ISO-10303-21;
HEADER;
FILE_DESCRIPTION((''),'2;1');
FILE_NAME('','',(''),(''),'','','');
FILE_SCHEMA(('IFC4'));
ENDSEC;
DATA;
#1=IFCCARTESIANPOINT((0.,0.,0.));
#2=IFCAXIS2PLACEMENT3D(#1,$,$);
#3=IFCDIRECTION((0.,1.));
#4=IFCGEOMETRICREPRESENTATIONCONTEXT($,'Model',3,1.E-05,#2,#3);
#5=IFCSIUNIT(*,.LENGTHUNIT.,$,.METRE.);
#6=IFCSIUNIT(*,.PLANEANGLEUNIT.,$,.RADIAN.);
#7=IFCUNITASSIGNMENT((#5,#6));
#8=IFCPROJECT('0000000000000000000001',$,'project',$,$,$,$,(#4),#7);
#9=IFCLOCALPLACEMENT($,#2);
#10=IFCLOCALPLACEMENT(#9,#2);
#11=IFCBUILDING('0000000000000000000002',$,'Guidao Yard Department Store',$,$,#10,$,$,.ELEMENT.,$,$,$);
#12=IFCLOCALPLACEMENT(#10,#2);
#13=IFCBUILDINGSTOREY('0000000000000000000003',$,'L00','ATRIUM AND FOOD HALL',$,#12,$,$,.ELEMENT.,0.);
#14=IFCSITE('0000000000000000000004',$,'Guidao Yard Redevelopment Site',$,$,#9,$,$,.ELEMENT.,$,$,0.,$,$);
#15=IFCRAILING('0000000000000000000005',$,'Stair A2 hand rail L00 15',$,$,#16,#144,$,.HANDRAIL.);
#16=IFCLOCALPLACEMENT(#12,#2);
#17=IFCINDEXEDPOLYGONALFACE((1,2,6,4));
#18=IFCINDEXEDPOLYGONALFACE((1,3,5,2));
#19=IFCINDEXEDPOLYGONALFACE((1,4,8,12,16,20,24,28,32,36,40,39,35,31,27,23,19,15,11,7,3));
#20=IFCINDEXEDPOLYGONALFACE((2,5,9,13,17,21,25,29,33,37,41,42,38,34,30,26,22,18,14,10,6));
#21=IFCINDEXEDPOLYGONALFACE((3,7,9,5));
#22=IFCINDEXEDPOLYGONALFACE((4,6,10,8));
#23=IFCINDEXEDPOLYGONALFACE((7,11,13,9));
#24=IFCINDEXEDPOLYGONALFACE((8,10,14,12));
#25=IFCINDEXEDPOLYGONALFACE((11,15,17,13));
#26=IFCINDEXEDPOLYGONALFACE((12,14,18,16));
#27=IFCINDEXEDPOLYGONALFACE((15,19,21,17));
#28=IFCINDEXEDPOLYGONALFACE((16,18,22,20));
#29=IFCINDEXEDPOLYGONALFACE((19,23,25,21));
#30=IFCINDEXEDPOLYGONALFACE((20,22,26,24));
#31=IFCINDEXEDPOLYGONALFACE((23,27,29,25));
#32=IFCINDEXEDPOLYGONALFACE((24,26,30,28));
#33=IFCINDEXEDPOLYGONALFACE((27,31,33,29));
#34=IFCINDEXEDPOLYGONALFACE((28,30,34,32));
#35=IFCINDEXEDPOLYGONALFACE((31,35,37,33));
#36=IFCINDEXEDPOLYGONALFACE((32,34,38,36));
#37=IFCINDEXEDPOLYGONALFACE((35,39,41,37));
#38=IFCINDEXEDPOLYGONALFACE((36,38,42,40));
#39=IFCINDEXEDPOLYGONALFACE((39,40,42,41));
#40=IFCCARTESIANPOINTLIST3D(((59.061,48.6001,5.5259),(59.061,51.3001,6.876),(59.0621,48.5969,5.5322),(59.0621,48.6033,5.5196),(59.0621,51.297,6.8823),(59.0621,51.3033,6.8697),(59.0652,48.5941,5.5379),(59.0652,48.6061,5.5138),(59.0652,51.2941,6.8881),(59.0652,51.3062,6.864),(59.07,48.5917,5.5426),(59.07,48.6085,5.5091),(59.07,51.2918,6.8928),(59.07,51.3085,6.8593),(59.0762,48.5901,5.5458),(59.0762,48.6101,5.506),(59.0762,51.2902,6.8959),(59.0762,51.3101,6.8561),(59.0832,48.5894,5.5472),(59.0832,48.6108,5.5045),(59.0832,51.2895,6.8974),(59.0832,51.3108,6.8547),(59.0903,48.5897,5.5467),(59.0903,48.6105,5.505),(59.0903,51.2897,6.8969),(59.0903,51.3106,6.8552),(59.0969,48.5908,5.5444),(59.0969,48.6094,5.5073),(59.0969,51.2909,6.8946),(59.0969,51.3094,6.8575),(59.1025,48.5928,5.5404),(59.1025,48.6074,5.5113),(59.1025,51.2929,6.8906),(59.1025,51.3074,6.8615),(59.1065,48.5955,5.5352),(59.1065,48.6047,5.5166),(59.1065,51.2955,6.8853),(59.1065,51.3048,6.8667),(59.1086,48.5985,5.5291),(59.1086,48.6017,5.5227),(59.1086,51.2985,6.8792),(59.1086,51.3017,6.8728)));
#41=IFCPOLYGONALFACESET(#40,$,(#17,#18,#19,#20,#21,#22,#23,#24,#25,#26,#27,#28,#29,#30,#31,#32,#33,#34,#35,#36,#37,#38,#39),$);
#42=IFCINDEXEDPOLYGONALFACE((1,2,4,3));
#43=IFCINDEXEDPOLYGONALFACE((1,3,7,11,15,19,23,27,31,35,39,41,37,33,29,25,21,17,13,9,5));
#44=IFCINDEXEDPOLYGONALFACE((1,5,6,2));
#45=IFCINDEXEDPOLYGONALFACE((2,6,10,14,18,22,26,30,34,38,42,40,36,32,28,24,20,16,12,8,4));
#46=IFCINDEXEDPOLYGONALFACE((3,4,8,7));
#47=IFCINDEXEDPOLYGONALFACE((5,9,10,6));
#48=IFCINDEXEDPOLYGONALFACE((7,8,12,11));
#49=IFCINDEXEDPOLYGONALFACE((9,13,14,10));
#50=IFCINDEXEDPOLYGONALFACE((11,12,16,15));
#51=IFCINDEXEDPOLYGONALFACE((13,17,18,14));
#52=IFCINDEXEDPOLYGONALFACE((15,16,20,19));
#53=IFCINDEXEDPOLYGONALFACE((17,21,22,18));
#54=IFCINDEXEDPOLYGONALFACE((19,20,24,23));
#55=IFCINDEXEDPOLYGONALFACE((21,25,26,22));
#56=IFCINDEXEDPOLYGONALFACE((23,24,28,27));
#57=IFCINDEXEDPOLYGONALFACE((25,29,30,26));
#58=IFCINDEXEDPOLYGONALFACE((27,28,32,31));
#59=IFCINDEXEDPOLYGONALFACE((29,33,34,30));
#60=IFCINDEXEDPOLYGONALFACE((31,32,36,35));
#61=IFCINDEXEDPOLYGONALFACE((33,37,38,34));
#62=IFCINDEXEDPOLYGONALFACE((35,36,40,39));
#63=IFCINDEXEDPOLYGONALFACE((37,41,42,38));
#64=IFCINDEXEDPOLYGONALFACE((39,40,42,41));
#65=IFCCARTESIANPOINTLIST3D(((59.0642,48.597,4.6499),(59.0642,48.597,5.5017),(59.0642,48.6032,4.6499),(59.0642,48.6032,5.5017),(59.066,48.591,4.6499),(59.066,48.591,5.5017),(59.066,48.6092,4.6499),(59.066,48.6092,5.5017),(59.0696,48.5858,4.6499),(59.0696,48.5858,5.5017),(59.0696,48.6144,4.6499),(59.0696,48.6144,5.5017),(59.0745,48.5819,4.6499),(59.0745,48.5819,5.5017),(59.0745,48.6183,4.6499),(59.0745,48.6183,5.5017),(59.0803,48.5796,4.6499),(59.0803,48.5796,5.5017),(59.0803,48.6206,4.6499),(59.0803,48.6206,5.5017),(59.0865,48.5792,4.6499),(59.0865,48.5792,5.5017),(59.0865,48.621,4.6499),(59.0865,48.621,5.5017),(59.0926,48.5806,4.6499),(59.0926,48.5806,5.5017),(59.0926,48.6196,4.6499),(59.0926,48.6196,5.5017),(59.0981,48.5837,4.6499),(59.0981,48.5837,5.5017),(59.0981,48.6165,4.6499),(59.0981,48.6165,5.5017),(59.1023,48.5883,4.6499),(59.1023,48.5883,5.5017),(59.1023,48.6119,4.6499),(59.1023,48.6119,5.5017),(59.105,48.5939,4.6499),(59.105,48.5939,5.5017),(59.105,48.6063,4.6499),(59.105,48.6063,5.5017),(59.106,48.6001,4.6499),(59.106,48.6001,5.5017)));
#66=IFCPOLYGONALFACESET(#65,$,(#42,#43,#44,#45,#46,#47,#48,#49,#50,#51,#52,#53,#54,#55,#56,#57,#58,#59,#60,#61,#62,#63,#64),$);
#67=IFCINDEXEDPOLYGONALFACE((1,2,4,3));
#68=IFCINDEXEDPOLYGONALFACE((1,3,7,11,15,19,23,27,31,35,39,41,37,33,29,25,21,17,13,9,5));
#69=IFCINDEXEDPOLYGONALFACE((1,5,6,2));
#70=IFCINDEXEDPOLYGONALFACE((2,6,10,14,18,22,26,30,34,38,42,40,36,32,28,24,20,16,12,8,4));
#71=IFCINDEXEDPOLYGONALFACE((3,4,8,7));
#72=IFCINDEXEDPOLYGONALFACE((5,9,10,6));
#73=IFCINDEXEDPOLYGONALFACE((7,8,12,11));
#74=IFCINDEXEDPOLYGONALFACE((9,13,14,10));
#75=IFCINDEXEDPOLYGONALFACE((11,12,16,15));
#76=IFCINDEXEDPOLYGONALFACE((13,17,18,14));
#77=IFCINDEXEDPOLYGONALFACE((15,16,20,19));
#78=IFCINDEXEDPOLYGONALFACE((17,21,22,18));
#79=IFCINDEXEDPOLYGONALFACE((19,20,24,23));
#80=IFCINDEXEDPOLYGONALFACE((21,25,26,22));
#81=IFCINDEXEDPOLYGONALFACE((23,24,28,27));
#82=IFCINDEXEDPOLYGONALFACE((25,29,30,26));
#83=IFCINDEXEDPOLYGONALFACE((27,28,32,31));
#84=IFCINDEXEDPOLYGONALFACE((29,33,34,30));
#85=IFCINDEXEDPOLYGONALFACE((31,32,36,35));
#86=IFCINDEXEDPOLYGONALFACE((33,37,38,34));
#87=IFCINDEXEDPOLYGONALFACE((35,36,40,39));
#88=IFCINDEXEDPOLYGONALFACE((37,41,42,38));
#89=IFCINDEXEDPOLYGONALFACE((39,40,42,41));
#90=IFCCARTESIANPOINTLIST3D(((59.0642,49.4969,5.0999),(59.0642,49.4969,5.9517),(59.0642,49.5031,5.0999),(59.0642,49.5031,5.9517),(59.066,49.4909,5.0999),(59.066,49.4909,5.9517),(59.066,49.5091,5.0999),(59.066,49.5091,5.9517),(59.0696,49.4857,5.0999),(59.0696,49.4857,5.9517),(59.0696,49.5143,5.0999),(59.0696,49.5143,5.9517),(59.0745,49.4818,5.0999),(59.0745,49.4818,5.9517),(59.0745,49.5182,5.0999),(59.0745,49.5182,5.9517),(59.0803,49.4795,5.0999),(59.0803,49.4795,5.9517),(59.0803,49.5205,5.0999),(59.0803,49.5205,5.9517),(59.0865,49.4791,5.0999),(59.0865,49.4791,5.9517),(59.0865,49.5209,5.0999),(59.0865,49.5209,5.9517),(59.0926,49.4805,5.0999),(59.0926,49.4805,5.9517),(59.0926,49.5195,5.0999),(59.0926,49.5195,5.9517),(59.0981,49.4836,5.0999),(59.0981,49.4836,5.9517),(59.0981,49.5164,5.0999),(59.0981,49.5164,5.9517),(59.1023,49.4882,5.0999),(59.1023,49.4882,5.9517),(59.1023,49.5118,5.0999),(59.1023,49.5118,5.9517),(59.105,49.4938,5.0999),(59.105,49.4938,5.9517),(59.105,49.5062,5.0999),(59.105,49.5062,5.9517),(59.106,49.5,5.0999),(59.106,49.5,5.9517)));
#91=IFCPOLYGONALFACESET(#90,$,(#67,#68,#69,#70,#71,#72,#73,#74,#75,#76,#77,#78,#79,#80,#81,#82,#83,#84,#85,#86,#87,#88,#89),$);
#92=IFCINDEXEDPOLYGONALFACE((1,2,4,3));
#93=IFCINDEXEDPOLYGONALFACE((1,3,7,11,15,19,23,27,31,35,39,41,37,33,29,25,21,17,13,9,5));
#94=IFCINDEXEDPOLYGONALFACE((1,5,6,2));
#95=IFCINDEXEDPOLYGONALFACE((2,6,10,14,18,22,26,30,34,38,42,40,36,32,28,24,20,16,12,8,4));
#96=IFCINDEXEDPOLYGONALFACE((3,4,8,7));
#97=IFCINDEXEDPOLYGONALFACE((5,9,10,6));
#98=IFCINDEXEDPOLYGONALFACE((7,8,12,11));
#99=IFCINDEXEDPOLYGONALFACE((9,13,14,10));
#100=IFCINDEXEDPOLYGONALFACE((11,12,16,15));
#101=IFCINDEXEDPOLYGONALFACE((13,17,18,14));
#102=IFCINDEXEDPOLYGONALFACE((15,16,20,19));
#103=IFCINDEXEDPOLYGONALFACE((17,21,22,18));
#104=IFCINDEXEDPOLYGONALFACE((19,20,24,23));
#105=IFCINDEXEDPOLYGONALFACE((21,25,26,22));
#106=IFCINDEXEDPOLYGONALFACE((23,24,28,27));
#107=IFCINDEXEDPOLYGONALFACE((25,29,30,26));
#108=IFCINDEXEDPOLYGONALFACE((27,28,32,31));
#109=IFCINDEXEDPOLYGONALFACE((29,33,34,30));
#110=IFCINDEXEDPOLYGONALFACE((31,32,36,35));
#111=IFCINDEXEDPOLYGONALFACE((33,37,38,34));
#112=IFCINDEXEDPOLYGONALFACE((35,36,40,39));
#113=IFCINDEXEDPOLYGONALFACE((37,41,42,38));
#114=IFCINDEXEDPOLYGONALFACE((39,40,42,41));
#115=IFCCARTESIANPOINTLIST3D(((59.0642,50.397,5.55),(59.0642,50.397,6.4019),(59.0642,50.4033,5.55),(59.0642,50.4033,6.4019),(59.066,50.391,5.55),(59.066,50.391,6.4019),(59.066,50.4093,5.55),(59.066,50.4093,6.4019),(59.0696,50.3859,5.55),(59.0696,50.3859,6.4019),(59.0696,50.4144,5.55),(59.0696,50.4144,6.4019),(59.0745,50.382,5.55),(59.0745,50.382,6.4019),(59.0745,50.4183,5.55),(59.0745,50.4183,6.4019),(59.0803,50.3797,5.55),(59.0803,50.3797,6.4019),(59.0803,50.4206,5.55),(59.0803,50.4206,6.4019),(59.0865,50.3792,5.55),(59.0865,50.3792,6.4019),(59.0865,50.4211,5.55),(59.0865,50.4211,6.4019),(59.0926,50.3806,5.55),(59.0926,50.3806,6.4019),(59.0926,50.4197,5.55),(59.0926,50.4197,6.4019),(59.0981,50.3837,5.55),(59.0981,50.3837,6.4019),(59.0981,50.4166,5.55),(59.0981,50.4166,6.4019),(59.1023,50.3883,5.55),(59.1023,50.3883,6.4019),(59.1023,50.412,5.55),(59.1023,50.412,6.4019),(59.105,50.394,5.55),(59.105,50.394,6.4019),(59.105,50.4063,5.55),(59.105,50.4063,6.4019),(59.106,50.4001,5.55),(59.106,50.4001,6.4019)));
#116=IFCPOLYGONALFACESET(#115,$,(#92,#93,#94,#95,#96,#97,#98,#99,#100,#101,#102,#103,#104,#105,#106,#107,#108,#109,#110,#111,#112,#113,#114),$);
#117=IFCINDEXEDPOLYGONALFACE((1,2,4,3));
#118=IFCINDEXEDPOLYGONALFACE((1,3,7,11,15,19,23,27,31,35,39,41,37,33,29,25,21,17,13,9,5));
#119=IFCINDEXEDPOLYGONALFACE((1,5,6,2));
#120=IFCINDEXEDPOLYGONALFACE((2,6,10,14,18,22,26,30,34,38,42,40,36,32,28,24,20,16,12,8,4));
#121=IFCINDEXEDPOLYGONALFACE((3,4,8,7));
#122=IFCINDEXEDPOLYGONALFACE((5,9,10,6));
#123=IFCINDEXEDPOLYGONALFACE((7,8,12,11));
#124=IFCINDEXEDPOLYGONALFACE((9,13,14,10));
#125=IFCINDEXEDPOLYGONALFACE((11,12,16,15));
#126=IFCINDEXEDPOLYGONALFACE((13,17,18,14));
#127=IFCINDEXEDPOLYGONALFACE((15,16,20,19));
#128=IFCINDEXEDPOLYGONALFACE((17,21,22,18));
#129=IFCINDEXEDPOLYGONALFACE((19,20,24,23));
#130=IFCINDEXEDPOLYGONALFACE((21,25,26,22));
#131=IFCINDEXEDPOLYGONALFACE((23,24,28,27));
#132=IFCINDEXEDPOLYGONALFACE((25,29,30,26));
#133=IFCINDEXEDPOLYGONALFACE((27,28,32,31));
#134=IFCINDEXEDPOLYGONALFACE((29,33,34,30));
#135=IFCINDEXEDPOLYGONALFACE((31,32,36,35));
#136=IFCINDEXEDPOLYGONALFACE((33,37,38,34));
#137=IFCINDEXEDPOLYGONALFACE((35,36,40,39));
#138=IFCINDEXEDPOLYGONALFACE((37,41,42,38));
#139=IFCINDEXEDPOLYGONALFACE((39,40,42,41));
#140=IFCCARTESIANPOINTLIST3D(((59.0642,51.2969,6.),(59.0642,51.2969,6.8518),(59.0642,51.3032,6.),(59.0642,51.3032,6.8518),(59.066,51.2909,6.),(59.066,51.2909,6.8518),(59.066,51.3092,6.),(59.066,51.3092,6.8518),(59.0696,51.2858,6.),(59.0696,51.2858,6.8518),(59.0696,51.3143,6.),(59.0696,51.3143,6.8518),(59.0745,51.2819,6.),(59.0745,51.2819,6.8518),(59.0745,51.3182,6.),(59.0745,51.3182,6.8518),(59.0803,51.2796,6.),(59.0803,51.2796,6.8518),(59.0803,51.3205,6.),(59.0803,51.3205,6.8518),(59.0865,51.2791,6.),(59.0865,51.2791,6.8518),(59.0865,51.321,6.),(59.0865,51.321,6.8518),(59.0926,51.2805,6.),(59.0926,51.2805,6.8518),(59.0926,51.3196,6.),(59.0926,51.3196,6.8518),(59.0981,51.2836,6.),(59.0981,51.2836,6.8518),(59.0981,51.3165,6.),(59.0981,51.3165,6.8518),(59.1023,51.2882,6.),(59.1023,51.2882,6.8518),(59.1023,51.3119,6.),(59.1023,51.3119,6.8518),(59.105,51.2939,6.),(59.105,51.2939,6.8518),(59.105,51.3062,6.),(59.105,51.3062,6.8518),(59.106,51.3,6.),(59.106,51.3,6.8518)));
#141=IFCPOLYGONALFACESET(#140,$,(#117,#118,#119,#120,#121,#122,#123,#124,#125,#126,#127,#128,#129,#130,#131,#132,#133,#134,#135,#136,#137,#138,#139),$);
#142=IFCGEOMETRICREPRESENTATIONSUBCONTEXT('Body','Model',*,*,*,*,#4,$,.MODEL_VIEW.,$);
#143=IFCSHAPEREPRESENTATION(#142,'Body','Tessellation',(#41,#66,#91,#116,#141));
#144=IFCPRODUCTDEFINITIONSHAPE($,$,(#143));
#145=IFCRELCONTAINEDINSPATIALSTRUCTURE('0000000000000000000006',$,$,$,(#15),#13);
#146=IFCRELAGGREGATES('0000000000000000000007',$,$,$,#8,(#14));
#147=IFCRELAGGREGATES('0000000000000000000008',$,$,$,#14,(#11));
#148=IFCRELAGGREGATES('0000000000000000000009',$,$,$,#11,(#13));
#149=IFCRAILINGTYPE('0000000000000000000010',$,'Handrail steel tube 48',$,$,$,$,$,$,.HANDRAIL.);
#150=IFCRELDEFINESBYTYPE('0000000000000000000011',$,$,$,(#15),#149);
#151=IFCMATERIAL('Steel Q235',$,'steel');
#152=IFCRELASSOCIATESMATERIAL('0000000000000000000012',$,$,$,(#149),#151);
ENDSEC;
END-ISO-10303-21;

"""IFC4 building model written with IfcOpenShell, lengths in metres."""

from ifc_helpers import new_model, si_unit, direction, frame, origin, origin_2d, place, context, subcontext, project, spatial, circle, extrude, material, type_object, element, save


model = new_model("IFC4")

# Units and contexts
model_context = context("Model", 3, precision=1e-05, world=origin(), true_north=direction((0.0, 1.0)))
body_context = subcontext(model_context, "Body", "Model", "MODEL_VIEW")
ifc_project = project(units=[si_unit("LENGTHUNIT", "METRE"), si_unit("PLANEANGLEUNIT", "RADIAN")], contexts=[model_context])

# Site, building, storey
site_placement = place(None, origin())
site = spatial("IfcSite", under=ifc_project, at=site_placement, Name="Guidao Yard Redevelopment Site", CompositionType="ELEMENT", RefElevation=0.0)
building_placement = place(site_placement, origin())
building = spatial("IfcBuilding", under=site, at=building_placement, Name="Guidao Yard Department Store", CompositionType="ELEMENT")
storey_placement = place(building_placement, origin())
storey = spatial("IfcBuildingStorey", under=building, at=storey_placement, Name="L00", Description="ATRIUM AND FOOD HALL", CompositionType="ELEMENT", Elevation=0.0)

# Railing
ifc_material_1 = material(Name="Steel Q235", Category="steel")
railing_type = type_object("IfcRailingType", Name="Handrail steel tube 48", PredefinedType="HANDRAIL", material=ifc_material_1)
for number, where, name in (
    (1, (59.085, 48.6001, 4.6499), "Stair A2 hand rail L00 15"),
):
    element("IfcRailing", number, at=place(storey_placement, frame(where)), inside=storey, type_object=railing_type, Name=name, PredefinedType="HANDRAIL", context=body_context, shape_type="SweptSolid", body=[
        extrude(circle(Radius=0.0239, at=origin_2d()), frame((0.0, 0.0, 0.876), z_axis=(0.0, 0.894411, 0.447246), x_axis=(-1.0, 0.0, 0.0)), (0.0, 0.0, 1.0), 3.0188),
        extrude(circle(Radius=0.021, at=origin_2d()), origin(), (0.0, 0.0, 1.0), 0.8518),
        extrude(circle(Radius=0.021, at=origin_2d()), frame((0.0, 0.8999, 0.45)), (0.0, 0.0, 1.0), 0.8518),
        extrude(circle(Radius=0.021, at=origin_2d()), frame((0.0, 1.8, 0.9001)), (0.0, 0.0, 1.0), 0.8518),
        extrude(circle(Radius=0.021, at=origin_2d()), frame((0.0, 2.7, 1.3501)), (0.0, 0.0, 1.0), 0.8518),
    ])

save(model, "model.ifc")
